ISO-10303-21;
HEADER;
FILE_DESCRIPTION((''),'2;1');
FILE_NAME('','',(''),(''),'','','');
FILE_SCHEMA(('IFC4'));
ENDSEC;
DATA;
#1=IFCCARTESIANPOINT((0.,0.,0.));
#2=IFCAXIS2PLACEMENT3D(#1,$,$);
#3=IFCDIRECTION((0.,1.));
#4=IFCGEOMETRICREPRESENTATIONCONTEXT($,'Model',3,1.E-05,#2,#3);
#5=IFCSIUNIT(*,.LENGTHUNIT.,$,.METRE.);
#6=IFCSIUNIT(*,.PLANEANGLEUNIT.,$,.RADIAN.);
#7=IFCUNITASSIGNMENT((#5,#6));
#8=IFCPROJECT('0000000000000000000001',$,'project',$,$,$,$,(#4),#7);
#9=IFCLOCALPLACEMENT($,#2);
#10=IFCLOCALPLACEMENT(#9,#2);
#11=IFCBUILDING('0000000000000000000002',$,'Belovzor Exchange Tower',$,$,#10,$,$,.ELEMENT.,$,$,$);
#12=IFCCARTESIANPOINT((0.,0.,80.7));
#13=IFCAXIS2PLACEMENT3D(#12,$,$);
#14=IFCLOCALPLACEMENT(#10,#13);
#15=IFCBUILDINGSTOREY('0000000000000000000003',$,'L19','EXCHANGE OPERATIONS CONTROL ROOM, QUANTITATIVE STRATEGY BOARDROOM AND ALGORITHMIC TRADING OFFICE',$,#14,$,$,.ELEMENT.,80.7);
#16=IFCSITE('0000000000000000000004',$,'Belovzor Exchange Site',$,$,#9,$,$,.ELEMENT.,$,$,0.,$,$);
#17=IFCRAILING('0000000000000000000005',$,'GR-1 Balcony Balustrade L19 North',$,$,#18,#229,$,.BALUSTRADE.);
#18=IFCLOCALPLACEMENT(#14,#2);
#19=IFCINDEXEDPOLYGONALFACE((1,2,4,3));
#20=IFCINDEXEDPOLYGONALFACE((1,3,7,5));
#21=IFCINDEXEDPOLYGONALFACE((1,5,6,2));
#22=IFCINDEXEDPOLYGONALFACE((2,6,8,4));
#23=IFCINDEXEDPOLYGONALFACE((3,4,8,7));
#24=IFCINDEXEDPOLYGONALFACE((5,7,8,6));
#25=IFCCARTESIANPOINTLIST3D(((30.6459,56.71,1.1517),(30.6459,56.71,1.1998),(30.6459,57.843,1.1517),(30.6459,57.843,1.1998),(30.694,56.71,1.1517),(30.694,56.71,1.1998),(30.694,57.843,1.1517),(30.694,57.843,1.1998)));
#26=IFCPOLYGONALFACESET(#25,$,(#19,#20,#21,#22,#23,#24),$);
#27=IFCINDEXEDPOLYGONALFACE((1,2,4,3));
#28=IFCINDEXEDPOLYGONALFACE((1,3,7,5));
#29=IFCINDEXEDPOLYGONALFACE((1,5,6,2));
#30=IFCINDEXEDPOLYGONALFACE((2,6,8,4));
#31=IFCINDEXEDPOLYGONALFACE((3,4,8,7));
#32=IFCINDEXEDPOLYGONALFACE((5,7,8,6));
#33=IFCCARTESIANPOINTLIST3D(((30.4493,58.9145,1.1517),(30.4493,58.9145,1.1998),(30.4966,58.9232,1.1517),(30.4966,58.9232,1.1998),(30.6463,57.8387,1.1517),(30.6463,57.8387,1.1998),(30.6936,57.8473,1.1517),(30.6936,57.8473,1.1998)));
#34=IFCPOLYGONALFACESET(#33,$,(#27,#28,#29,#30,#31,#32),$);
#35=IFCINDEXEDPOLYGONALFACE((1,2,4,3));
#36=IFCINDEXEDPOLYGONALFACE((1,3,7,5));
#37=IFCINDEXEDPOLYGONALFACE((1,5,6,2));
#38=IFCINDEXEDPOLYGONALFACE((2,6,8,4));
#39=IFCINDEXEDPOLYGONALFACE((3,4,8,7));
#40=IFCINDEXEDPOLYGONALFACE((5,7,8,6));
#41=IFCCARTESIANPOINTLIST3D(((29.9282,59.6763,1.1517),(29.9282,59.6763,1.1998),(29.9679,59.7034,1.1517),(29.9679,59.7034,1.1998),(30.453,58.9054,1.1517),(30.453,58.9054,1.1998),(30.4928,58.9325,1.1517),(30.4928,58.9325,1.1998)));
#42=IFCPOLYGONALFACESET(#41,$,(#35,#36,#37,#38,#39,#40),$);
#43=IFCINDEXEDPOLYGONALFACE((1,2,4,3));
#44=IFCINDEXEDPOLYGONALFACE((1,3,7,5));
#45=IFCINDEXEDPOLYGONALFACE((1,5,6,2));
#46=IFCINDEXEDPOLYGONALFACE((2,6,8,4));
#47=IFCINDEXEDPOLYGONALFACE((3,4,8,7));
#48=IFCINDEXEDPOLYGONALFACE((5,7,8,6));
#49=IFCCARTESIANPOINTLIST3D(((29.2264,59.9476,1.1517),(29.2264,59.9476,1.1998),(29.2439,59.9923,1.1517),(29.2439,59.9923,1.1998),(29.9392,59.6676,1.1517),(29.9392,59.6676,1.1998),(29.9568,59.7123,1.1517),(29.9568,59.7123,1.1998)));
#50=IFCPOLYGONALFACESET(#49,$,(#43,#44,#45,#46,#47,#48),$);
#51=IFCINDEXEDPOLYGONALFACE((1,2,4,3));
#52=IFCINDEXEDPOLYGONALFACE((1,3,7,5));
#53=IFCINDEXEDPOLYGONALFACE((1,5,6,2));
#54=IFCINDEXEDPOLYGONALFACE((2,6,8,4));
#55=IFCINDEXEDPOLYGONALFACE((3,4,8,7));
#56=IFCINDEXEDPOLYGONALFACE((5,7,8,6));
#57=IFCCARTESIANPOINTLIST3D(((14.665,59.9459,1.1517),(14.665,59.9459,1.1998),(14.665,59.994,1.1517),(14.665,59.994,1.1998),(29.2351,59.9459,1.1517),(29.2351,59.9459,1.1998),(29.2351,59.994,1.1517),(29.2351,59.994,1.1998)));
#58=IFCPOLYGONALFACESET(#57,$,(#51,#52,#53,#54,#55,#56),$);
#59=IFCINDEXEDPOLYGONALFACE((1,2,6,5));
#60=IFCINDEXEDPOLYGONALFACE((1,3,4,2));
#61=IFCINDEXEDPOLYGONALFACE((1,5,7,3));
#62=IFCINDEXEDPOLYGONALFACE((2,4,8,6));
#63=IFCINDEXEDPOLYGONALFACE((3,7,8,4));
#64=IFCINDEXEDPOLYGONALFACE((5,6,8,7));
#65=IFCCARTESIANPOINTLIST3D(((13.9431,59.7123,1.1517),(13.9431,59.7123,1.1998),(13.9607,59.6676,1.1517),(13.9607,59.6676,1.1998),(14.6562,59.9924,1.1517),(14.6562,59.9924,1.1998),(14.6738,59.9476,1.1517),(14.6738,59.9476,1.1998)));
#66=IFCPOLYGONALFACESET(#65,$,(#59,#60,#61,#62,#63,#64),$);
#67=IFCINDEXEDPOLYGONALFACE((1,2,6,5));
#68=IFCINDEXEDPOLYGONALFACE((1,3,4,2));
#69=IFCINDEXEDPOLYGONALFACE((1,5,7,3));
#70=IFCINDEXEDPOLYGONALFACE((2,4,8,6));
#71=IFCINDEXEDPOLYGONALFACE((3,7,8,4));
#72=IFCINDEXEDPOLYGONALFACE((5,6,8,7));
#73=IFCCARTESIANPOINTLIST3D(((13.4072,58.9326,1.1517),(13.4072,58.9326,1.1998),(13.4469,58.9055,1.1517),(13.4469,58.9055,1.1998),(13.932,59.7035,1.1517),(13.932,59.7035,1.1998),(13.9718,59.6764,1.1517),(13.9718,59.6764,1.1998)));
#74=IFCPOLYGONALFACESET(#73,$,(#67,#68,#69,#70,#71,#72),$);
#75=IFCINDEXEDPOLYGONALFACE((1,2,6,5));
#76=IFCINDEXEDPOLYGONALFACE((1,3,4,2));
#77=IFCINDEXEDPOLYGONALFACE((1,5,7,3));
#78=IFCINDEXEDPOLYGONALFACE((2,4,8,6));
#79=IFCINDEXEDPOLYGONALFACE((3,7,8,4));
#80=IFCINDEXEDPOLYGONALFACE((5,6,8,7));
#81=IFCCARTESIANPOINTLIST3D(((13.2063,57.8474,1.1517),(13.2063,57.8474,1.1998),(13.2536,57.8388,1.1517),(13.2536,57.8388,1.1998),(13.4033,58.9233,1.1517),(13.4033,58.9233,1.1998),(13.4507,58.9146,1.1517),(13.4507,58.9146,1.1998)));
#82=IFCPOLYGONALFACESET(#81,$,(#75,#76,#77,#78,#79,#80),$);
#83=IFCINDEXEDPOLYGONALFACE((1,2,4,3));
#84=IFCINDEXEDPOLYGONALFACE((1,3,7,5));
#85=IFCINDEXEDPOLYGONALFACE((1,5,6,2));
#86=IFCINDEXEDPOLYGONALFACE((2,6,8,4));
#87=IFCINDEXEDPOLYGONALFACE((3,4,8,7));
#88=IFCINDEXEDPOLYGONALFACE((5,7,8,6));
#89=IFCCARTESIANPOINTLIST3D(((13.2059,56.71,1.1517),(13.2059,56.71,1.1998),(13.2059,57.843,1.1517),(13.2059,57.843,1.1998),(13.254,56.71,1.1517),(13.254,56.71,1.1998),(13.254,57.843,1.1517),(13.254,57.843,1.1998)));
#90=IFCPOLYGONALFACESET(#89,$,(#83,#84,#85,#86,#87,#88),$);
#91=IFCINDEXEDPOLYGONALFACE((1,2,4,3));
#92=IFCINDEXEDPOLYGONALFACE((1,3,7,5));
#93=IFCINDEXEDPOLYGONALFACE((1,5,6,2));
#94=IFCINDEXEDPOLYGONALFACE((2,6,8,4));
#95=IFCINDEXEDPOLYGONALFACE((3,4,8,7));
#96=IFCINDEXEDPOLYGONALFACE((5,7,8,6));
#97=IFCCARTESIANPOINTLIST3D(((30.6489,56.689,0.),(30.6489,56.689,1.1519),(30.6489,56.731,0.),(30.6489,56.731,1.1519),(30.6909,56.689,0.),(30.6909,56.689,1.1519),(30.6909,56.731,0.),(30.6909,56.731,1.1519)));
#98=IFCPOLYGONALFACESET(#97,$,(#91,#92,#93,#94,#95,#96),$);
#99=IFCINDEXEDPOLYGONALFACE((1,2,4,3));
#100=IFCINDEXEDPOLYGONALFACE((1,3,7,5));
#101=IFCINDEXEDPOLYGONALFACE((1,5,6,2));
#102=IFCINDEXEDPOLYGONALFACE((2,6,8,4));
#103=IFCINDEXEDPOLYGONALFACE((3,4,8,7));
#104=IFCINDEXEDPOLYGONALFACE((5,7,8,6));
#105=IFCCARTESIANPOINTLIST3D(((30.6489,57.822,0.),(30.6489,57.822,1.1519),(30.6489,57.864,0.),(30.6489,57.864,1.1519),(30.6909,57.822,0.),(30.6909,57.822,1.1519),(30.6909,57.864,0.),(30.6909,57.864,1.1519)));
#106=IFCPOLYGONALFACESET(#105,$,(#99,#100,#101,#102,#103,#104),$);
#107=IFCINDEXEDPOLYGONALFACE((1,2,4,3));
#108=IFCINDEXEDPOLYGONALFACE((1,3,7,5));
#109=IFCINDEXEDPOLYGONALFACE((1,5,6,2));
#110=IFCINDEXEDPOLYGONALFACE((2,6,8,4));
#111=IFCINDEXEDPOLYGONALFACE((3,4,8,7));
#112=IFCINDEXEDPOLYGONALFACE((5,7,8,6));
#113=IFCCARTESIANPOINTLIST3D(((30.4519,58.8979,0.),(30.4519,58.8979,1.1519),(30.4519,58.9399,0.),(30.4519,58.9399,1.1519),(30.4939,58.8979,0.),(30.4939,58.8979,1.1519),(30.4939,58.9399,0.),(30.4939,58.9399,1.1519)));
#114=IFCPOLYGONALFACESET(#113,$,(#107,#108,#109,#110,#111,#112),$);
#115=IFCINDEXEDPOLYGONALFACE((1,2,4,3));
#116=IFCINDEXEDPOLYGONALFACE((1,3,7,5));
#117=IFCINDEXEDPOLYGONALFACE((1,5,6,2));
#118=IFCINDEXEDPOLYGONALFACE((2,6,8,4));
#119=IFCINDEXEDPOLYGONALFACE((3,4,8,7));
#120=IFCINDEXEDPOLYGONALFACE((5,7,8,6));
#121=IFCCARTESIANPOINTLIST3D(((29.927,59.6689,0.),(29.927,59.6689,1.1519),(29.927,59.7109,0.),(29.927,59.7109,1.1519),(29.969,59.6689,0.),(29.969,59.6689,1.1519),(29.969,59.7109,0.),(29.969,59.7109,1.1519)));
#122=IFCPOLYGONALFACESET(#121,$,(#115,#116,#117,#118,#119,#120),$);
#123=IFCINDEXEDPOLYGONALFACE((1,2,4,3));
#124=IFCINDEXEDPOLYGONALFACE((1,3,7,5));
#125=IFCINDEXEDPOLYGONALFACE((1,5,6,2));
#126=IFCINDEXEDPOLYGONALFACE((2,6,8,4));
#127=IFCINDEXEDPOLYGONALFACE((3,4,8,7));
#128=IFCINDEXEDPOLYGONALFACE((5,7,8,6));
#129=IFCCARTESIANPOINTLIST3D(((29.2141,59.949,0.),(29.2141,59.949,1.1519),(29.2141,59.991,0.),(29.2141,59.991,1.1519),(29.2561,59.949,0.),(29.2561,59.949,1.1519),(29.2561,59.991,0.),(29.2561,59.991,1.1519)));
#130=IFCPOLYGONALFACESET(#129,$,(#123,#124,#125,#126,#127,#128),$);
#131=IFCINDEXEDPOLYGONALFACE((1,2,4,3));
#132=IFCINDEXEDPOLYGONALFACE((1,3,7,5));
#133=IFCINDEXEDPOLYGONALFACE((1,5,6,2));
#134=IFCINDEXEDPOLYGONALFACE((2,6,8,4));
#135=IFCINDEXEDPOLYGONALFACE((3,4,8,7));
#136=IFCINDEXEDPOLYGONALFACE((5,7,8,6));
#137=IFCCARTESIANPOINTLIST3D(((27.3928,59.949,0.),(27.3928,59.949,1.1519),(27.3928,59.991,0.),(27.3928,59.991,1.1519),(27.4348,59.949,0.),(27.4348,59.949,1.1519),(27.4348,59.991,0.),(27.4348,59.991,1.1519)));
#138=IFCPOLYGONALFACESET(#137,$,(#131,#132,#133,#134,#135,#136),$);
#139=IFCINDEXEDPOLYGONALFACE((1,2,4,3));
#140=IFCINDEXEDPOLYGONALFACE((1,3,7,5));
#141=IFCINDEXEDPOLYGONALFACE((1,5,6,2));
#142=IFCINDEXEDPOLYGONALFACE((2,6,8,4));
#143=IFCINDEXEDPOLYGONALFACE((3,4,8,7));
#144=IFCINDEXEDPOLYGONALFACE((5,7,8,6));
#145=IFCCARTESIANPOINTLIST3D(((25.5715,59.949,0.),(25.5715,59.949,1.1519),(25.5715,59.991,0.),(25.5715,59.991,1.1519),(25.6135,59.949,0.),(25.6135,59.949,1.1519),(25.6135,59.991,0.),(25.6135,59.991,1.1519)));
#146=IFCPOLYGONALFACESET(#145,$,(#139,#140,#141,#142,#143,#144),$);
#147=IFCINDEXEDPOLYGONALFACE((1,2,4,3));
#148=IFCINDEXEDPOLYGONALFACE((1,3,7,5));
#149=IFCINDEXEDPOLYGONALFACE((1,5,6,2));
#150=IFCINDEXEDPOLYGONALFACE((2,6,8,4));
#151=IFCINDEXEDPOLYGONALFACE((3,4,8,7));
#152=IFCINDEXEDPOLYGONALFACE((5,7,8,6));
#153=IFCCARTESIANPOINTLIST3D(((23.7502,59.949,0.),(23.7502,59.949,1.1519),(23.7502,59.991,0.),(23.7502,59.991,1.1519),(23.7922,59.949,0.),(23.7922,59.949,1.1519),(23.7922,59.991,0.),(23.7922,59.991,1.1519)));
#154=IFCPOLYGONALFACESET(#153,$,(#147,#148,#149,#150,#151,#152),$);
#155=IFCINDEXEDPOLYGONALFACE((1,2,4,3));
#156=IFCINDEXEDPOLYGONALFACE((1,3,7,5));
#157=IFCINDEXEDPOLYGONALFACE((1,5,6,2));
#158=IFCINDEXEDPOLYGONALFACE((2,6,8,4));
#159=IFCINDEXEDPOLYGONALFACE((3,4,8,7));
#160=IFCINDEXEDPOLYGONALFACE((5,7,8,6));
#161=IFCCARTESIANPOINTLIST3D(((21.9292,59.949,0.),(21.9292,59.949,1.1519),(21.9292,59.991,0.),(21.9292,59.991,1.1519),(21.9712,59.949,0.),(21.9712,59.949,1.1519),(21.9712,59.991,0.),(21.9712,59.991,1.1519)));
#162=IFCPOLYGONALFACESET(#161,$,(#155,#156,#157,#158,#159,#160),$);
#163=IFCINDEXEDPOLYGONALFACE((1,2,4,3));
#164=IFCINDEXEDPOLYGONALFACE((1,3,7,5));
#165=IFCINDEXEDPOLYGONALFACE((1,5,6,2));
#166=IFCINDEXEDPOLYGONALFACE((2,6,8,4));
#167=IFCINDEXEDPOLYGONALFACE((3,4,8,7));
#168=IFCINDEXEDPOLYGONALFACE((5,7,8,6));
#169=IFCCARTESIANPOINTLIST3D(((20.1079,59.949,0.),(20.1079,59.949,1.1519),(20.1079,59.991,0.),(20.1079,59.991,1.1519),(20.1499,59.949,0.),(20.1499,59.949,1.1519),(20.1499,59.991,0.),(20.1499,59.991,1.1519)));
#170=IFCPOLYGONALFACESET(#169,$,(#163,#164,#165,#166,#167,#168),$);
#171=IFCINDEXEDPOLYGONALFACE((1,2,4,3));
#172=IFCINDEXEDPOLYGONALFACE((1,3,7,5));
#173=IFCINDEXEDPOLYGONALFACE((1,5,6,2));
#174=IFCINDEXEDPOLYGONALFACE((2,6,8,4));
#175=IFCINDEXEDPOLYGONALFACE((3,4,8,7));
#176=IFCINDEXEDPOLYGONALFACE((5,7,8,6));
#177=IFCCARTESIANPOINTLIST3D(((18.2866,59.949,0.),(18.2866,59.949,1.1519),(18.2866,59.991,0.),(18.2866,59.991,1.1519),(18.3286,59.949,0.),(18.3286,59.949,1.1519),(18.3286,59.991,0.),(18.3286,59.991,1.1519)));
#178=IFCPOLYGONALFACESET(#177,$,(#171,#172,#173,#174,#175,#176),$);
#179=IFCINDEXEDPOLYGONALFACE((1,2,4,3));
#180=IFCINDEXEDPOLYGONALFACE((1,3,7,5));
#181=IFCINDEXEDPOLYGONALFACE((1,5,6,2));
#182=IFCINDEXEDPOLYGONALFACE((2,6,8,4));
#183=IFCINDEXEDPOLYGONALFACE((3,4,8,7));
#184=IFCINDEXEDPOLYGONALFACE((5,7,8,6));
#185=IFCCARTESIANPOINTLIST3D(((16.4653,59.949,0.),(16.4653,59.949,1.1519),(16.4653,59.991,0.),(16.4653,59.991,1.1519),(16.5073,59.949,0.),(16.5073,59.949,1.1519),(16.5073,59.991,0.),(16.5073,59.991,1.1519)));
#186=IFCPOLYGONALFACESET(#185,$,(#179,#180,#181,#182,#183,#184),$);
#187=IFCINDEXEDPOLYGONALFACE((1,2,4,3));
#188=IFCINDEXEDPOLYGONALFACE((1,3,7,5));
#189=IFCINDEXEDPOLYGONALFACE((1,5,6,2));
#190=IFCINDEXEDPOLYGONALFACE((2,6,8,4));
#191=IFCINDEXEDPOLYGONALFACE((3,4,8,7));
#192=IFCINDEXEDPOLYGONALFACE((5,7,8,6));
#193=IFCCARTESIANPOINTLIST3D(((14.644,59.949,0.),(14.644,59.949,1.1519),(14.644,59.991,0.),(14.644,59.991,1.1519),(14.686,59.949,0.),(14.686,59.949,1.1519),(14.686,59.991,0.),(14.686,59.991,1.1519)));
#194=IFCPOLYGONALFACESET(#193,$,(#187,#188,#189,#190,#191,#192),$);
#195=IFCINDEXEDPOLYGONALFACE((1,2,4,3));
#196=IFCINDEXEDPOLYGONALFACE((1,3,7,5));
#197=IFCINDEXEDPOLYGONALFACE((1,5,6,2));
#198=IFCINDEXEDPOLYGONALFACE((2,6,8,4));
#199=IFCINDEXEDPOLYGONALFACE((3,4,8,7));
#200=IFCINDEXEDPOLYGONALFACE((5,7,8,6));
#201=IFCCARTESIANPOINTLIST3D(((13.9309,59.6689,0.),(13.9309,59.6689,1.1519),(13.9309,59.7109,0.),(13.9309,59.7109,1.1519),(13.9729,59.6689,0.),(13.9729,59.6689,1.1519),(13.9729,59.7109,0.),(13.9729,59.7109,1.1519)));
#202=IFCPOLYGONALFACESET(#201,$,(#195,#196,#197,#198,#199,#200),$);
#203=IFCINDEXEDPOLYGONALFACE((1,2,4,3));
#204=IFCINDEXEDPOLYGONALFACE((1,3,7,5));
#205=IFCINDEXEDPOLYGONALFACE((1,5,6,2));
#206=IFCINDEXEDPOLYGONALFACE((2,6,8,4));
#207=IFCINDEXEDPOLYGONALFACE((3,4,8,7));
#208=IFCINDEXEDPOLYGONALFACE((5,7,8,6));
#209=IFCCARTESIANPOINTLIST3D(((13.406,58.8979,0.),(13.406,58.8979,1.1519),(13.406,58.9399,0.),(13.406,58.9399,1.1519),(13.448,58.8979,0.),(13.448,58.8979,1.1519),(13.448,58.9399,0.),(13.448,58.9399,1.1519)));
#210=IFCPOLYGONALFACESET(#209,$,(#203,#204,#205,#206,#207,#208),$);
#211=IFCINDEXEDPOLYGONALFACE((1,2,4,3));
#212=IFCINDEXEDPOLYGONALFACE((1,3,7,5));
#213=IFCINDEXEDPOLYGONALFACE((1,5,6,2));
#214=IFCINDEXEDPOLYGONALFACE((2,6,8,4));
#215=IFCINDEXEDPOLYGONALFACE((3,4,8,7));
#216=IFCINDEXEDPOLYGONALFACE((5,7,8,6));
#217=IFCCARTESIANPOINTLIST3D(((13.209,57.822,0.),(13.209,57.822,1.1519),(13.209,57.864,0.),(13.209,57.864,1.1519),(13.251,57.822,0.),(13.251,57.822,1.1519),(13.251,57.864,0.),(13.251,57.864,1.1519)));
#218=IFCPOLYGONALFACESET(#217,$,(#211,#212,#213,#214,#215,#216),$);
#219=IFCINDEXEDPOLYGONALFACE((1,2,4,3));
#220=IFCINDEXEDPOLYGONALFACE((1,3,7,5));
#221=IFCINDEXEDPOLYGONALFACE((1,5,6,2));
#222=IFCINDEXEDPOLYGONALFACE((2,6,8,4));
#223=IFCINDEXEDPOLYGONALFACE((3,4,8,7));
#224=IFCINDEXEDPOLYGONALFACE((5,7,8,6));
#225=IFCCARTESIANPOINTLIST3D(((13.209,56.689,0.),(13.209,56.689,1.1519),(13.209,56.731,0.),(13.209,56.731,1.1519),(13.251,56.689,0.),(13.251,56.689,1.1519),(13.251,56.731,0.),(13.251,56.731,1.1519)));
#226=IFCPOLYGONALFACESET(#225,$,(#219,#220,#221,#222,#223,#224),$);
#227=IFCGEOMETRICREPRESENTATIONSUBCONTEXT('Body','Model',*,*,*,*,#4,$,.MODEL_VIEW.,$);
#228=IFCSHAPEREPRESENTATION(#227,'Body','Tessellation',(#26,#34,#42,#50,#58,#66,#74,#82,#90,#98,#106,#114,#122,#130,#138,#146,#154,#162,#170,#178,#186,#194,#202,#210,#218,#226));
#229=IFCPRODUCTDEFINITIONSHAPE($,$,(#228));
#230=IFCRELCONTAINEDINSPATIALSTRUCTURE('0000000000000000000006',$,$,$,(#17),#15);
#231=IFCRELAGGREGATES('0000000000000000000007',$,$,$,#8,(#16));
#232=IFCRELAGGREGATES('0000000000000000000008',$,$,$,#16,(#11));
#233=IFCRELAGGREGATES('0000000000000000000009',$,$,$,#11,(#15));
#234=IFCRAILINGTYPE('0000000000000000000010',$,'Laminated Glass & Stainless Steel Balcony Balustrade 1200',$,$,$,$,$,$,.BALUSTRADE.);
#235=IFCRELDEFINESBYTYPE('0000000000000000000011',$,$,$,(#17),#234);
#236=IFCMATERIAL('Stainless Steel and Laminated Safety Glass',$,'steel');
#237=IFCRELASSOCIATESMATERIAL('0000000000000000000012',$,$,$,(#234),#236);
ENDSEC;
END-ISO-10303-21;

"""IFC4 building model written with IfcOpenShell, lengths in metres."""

from ifc_helpers import new_model, si_unit, direction, frame, origin, origin_2d, place, context, subcontext, project, spatial, rectangle, extrude, material, type_object, element, save


model = new_model("IFC4")

# Units and contexts
model_context = context("Model", 3, precision=1e-05, world=origin(), true_north=direction((0.0, 1.0)))
body_context = subcontext(model_context, "Body", "Model", "MODEL_VIEW")
ifc_project = project(units=[si_unit("LENGTHUNIT", "METRE"), si_unit("PLANEANGLEUNIT", "RADIAN")], contexts=[model_context])

# Site, building, storey
site_placement = place(None, origin())
site = spatial("IfcSite", under=ifc_project, at=site_placement, Name="Belovzor Exchange Site", CompositionType="ELEMENT", RefElevation=0.0)
building_placement = place(site_placement, origin())
building = spatial("IfcBuilding", under=site, at=building_placement, Name="Belovzor Exchange Tower", CompositionType="ELEMENT")
storey_placement = place(building_placement, frame((0.0, 0.0, 80.7)))
storey = spatial("IfcBuildingStorey", under=building, at=storey_placement, Name="L19", Description="EXCHANGE OPERATIONS CONTROL ROOM, QUANTITATIVE STRATEGY BOARDROOM AND ALGORITHMIC TRADING OFFICE", CompositionType="ELEMENT", Elevation=80.7)

# Railing
ifc_material_1 = material(Name="Stainless Steel and Laminated Safety Glass", Category="steel")
railing_type = type_object("IfcRailingType", Name="Laminated Glass & Stainless Steel Balcony Balustrade 1200", PredefinedType="BALUSTRADE", material=ifc_material_1)
railing_placement = place(storey_placement, frame((30.6699, 56.71, 0.0)))
element("IfcRailing", 1, at=railing_placement, inside=storey, type_object=railing_type, Name="GR-1 Balcony Balustrade L19 North", PredefinedType="BALUSTRADE", context=body_context, shape_type="SweptSolid", body=[
    extrude(rectangle(XDim=0.0481, YDim=0.0481, at=origin_2d()), frame((0.0, 0.0, 1.1758), z_axis=(0.0, 1.0, 0.0), x_axis=(-1.0, 0.0, 0.0)), (0.0, 0.0, 1.0), 1.1331),
    extrude(rectangle(XDim=0.0481, YDim=0.0481, at=origin_2d()), frame((0.0, 1.1331, 1.1758), z_axis=(-0.180123, 0.983644, 0.0), x_axis=(-0.983644, -0.180123, 0.0)), (0.0, 0.0, 1.0), 1.0938),
    extrude(rectangle(XDim=0.0481, YDim=0.0481, at=origin_2d()), frame((-0.197, 2.209, 1.1758), z_axis=(-0.562768, 0.826615, 0.0), x_axis=(-0.826615, -0.562768, 0.0)), (0.0, 0.0, 1.0), 0.9326),
    extrude(rectangle(XDim=0.0481, YDim=0.0481, at=origin_2d()), frame((-0.7219, 2.98, 1.1758), z_axis=(-0.930767, 0.365613, 0.0), x_axis=(-0.365613, -0.930767, 0.0)), (0.0, 0.0, 1.0), 0.7659),
    extrude(rectangle(XDim=0.0481, YDim=0.0481, at=origin_2d()), frame((-1.4348, 3.26, 1.1758), z_axis=(-1.0, 0.0, 0.0), x_axis=(0.0, -1.0, 0.0)), (0.0, 0.0, 1.0), 14.5701),
    extrude(rectangle(XDim=0.0481, YDim=0.0481, at=origin_2d()), frame((-16.0049, 3.26, 1.1758), z_axis=(-0.93081, -0.365504, 0.0), x_axis=(0.365504, -0.93081, 0.0)), (0.0, 0.0, 1.0), 0.7661),
    extrude(rectangle(XDim=0.0481, YDim=0.0481, at=origin_2d()), frame((-16.718, 2.98, 1.1758), z_axis=(-0.562768, -0.826615, 0.0), x_axis=(0.826615, -0.562768, 0.0)), (0.0, 0.0, 1.0), 0.9326),
    extrude(rectangle(XDim=0.0481, YDim=0.0481, at=origin_2d()), frame((-17.2429, 2.209, 1.1758), z_axis=(-0.180123, -0.983644, 0.0), x_axis=(0.983644, -0.180123, 0.0)), (0.0, 0.0, 1.0), 1.0938),
    extrude(rectangle(XDim=0.0481, YDim=0.0481, at=origin_2d()), frame((-17.4399, 1.1331, 1.1758), z_axis=(0.0, -1.0, 0.0), x_axis=(1.0, 0.0, 0.0)), (0.0, 0.0, 1.0), 1.1331),
    extrude(rectangle(XDim=0.042, YDim=0.042, at=origin_2d()), origin(), (0.0, 0.0, 1.0), 1.1519),
    extrude(rectangle(XDim=0.042, YDim=0.042, at=origin_2d()), frame((0.0, 1.1331, 0.0)), (0.0, 0.0, 1.0), 1.1519),
    extrude(rectangle(XDim=0.042, YDim=0.042, at=origin_2d()), frame((-0.197, 2.209, 0.0)), (0.0, 0.0, 1.0), 1.1519),
    extrude(rectangle(XDim=0.042, YDim=0.042, at=origin_2d()), frame((-0.7219, 2.98, 0.0)), (0.0, 0.0, 1.0), 1.1519),
    extrude(rectangle(XDim=0.042, YDim=0.042, at=origin_2d()), frame((-1.4348, 3.26, 0.0)), (0.0, 0.0, 1.0), 1.1519),
    extrude(rectangle(XDim=0.042, YDim=0.042, at=origin_2d()), frame((-3.2561, 3.26, 0.0)), (0.0, 0.0, 1.0), 1.1519),
    extrude(rectangle(XDim=0.042, YDim=0.042, at=origin_2d()), frame((-5.0774, 3.26, 0.0)), (0.0, 0.0, 1.0), 1.1519),
    extrude(rectangle(XDim=0.042, YDim=0.042, at=origin_2d()), frame((-6.8987, 3.26, 0.0)), (0.0, 0.0, 1.0), 1.1519),
    extrude(rectangle(XDim=0.042, YDim=0.042, at=origin_2d()), frame((-8.7197, 3.26, 0.0)), (0.0, 0.0, 1.0), 1.1519),
    extrude(rectangle(XDim=0.042, YDim=0.042, at=origin_2d()), frame((-10.541, 3.26, 0.0)), (0.0, 0.0, 1.0), 1.1519),
    extrude(rectangle(XDim=0.042, YDim=0.042, at=origin_2d()), frame((-12.3623, 3.26, 0.0)), (0.0, 0.0, 1.0), 1.1519),
    extrude(rectangle(XDim=0.042, YDim=0.042, at=origin_2d()), frame((-14.1836, 3.26, 0.0)), (0.0, 0.0, 1.0), 1.1519),
    extrude(rectangle(XDim=0.042, YDim=0.042, at=origin_2d()), frame((-16.0049, 3.26, 0.0)), (0.0, 0.0, 1.0), 1.1519),
    extrude(rectangle(XDim=0.042, YDim=0.042, at=origin_2d()), frame((-16.718, 2.98, 0.0)), (0.0, 0.0, 1.0), 1.1519),
    extrude(rectangle(XDim=0.042, YDim=0.042, at=origin_2d()), frame((-17.2429, 2.209, 0.0)), (0.0, 0.0, 1.0), 1.1519),
    extrude(rectangle(XDim=0.042, YDim=0.042, at=origin_2d()), frame((-17.4399, 1.1331, 0.0)), (0.0, 0.0, 1.0), 1.1519),
    extrude(rectangle(XDim=0.042, YDim=0.042, at=origin_2d()), frame((-17.4399, 0.0, 0.0)), (0.0, 0.0, 1.0), 1.1519),
])

save(model, "model.ifc")
